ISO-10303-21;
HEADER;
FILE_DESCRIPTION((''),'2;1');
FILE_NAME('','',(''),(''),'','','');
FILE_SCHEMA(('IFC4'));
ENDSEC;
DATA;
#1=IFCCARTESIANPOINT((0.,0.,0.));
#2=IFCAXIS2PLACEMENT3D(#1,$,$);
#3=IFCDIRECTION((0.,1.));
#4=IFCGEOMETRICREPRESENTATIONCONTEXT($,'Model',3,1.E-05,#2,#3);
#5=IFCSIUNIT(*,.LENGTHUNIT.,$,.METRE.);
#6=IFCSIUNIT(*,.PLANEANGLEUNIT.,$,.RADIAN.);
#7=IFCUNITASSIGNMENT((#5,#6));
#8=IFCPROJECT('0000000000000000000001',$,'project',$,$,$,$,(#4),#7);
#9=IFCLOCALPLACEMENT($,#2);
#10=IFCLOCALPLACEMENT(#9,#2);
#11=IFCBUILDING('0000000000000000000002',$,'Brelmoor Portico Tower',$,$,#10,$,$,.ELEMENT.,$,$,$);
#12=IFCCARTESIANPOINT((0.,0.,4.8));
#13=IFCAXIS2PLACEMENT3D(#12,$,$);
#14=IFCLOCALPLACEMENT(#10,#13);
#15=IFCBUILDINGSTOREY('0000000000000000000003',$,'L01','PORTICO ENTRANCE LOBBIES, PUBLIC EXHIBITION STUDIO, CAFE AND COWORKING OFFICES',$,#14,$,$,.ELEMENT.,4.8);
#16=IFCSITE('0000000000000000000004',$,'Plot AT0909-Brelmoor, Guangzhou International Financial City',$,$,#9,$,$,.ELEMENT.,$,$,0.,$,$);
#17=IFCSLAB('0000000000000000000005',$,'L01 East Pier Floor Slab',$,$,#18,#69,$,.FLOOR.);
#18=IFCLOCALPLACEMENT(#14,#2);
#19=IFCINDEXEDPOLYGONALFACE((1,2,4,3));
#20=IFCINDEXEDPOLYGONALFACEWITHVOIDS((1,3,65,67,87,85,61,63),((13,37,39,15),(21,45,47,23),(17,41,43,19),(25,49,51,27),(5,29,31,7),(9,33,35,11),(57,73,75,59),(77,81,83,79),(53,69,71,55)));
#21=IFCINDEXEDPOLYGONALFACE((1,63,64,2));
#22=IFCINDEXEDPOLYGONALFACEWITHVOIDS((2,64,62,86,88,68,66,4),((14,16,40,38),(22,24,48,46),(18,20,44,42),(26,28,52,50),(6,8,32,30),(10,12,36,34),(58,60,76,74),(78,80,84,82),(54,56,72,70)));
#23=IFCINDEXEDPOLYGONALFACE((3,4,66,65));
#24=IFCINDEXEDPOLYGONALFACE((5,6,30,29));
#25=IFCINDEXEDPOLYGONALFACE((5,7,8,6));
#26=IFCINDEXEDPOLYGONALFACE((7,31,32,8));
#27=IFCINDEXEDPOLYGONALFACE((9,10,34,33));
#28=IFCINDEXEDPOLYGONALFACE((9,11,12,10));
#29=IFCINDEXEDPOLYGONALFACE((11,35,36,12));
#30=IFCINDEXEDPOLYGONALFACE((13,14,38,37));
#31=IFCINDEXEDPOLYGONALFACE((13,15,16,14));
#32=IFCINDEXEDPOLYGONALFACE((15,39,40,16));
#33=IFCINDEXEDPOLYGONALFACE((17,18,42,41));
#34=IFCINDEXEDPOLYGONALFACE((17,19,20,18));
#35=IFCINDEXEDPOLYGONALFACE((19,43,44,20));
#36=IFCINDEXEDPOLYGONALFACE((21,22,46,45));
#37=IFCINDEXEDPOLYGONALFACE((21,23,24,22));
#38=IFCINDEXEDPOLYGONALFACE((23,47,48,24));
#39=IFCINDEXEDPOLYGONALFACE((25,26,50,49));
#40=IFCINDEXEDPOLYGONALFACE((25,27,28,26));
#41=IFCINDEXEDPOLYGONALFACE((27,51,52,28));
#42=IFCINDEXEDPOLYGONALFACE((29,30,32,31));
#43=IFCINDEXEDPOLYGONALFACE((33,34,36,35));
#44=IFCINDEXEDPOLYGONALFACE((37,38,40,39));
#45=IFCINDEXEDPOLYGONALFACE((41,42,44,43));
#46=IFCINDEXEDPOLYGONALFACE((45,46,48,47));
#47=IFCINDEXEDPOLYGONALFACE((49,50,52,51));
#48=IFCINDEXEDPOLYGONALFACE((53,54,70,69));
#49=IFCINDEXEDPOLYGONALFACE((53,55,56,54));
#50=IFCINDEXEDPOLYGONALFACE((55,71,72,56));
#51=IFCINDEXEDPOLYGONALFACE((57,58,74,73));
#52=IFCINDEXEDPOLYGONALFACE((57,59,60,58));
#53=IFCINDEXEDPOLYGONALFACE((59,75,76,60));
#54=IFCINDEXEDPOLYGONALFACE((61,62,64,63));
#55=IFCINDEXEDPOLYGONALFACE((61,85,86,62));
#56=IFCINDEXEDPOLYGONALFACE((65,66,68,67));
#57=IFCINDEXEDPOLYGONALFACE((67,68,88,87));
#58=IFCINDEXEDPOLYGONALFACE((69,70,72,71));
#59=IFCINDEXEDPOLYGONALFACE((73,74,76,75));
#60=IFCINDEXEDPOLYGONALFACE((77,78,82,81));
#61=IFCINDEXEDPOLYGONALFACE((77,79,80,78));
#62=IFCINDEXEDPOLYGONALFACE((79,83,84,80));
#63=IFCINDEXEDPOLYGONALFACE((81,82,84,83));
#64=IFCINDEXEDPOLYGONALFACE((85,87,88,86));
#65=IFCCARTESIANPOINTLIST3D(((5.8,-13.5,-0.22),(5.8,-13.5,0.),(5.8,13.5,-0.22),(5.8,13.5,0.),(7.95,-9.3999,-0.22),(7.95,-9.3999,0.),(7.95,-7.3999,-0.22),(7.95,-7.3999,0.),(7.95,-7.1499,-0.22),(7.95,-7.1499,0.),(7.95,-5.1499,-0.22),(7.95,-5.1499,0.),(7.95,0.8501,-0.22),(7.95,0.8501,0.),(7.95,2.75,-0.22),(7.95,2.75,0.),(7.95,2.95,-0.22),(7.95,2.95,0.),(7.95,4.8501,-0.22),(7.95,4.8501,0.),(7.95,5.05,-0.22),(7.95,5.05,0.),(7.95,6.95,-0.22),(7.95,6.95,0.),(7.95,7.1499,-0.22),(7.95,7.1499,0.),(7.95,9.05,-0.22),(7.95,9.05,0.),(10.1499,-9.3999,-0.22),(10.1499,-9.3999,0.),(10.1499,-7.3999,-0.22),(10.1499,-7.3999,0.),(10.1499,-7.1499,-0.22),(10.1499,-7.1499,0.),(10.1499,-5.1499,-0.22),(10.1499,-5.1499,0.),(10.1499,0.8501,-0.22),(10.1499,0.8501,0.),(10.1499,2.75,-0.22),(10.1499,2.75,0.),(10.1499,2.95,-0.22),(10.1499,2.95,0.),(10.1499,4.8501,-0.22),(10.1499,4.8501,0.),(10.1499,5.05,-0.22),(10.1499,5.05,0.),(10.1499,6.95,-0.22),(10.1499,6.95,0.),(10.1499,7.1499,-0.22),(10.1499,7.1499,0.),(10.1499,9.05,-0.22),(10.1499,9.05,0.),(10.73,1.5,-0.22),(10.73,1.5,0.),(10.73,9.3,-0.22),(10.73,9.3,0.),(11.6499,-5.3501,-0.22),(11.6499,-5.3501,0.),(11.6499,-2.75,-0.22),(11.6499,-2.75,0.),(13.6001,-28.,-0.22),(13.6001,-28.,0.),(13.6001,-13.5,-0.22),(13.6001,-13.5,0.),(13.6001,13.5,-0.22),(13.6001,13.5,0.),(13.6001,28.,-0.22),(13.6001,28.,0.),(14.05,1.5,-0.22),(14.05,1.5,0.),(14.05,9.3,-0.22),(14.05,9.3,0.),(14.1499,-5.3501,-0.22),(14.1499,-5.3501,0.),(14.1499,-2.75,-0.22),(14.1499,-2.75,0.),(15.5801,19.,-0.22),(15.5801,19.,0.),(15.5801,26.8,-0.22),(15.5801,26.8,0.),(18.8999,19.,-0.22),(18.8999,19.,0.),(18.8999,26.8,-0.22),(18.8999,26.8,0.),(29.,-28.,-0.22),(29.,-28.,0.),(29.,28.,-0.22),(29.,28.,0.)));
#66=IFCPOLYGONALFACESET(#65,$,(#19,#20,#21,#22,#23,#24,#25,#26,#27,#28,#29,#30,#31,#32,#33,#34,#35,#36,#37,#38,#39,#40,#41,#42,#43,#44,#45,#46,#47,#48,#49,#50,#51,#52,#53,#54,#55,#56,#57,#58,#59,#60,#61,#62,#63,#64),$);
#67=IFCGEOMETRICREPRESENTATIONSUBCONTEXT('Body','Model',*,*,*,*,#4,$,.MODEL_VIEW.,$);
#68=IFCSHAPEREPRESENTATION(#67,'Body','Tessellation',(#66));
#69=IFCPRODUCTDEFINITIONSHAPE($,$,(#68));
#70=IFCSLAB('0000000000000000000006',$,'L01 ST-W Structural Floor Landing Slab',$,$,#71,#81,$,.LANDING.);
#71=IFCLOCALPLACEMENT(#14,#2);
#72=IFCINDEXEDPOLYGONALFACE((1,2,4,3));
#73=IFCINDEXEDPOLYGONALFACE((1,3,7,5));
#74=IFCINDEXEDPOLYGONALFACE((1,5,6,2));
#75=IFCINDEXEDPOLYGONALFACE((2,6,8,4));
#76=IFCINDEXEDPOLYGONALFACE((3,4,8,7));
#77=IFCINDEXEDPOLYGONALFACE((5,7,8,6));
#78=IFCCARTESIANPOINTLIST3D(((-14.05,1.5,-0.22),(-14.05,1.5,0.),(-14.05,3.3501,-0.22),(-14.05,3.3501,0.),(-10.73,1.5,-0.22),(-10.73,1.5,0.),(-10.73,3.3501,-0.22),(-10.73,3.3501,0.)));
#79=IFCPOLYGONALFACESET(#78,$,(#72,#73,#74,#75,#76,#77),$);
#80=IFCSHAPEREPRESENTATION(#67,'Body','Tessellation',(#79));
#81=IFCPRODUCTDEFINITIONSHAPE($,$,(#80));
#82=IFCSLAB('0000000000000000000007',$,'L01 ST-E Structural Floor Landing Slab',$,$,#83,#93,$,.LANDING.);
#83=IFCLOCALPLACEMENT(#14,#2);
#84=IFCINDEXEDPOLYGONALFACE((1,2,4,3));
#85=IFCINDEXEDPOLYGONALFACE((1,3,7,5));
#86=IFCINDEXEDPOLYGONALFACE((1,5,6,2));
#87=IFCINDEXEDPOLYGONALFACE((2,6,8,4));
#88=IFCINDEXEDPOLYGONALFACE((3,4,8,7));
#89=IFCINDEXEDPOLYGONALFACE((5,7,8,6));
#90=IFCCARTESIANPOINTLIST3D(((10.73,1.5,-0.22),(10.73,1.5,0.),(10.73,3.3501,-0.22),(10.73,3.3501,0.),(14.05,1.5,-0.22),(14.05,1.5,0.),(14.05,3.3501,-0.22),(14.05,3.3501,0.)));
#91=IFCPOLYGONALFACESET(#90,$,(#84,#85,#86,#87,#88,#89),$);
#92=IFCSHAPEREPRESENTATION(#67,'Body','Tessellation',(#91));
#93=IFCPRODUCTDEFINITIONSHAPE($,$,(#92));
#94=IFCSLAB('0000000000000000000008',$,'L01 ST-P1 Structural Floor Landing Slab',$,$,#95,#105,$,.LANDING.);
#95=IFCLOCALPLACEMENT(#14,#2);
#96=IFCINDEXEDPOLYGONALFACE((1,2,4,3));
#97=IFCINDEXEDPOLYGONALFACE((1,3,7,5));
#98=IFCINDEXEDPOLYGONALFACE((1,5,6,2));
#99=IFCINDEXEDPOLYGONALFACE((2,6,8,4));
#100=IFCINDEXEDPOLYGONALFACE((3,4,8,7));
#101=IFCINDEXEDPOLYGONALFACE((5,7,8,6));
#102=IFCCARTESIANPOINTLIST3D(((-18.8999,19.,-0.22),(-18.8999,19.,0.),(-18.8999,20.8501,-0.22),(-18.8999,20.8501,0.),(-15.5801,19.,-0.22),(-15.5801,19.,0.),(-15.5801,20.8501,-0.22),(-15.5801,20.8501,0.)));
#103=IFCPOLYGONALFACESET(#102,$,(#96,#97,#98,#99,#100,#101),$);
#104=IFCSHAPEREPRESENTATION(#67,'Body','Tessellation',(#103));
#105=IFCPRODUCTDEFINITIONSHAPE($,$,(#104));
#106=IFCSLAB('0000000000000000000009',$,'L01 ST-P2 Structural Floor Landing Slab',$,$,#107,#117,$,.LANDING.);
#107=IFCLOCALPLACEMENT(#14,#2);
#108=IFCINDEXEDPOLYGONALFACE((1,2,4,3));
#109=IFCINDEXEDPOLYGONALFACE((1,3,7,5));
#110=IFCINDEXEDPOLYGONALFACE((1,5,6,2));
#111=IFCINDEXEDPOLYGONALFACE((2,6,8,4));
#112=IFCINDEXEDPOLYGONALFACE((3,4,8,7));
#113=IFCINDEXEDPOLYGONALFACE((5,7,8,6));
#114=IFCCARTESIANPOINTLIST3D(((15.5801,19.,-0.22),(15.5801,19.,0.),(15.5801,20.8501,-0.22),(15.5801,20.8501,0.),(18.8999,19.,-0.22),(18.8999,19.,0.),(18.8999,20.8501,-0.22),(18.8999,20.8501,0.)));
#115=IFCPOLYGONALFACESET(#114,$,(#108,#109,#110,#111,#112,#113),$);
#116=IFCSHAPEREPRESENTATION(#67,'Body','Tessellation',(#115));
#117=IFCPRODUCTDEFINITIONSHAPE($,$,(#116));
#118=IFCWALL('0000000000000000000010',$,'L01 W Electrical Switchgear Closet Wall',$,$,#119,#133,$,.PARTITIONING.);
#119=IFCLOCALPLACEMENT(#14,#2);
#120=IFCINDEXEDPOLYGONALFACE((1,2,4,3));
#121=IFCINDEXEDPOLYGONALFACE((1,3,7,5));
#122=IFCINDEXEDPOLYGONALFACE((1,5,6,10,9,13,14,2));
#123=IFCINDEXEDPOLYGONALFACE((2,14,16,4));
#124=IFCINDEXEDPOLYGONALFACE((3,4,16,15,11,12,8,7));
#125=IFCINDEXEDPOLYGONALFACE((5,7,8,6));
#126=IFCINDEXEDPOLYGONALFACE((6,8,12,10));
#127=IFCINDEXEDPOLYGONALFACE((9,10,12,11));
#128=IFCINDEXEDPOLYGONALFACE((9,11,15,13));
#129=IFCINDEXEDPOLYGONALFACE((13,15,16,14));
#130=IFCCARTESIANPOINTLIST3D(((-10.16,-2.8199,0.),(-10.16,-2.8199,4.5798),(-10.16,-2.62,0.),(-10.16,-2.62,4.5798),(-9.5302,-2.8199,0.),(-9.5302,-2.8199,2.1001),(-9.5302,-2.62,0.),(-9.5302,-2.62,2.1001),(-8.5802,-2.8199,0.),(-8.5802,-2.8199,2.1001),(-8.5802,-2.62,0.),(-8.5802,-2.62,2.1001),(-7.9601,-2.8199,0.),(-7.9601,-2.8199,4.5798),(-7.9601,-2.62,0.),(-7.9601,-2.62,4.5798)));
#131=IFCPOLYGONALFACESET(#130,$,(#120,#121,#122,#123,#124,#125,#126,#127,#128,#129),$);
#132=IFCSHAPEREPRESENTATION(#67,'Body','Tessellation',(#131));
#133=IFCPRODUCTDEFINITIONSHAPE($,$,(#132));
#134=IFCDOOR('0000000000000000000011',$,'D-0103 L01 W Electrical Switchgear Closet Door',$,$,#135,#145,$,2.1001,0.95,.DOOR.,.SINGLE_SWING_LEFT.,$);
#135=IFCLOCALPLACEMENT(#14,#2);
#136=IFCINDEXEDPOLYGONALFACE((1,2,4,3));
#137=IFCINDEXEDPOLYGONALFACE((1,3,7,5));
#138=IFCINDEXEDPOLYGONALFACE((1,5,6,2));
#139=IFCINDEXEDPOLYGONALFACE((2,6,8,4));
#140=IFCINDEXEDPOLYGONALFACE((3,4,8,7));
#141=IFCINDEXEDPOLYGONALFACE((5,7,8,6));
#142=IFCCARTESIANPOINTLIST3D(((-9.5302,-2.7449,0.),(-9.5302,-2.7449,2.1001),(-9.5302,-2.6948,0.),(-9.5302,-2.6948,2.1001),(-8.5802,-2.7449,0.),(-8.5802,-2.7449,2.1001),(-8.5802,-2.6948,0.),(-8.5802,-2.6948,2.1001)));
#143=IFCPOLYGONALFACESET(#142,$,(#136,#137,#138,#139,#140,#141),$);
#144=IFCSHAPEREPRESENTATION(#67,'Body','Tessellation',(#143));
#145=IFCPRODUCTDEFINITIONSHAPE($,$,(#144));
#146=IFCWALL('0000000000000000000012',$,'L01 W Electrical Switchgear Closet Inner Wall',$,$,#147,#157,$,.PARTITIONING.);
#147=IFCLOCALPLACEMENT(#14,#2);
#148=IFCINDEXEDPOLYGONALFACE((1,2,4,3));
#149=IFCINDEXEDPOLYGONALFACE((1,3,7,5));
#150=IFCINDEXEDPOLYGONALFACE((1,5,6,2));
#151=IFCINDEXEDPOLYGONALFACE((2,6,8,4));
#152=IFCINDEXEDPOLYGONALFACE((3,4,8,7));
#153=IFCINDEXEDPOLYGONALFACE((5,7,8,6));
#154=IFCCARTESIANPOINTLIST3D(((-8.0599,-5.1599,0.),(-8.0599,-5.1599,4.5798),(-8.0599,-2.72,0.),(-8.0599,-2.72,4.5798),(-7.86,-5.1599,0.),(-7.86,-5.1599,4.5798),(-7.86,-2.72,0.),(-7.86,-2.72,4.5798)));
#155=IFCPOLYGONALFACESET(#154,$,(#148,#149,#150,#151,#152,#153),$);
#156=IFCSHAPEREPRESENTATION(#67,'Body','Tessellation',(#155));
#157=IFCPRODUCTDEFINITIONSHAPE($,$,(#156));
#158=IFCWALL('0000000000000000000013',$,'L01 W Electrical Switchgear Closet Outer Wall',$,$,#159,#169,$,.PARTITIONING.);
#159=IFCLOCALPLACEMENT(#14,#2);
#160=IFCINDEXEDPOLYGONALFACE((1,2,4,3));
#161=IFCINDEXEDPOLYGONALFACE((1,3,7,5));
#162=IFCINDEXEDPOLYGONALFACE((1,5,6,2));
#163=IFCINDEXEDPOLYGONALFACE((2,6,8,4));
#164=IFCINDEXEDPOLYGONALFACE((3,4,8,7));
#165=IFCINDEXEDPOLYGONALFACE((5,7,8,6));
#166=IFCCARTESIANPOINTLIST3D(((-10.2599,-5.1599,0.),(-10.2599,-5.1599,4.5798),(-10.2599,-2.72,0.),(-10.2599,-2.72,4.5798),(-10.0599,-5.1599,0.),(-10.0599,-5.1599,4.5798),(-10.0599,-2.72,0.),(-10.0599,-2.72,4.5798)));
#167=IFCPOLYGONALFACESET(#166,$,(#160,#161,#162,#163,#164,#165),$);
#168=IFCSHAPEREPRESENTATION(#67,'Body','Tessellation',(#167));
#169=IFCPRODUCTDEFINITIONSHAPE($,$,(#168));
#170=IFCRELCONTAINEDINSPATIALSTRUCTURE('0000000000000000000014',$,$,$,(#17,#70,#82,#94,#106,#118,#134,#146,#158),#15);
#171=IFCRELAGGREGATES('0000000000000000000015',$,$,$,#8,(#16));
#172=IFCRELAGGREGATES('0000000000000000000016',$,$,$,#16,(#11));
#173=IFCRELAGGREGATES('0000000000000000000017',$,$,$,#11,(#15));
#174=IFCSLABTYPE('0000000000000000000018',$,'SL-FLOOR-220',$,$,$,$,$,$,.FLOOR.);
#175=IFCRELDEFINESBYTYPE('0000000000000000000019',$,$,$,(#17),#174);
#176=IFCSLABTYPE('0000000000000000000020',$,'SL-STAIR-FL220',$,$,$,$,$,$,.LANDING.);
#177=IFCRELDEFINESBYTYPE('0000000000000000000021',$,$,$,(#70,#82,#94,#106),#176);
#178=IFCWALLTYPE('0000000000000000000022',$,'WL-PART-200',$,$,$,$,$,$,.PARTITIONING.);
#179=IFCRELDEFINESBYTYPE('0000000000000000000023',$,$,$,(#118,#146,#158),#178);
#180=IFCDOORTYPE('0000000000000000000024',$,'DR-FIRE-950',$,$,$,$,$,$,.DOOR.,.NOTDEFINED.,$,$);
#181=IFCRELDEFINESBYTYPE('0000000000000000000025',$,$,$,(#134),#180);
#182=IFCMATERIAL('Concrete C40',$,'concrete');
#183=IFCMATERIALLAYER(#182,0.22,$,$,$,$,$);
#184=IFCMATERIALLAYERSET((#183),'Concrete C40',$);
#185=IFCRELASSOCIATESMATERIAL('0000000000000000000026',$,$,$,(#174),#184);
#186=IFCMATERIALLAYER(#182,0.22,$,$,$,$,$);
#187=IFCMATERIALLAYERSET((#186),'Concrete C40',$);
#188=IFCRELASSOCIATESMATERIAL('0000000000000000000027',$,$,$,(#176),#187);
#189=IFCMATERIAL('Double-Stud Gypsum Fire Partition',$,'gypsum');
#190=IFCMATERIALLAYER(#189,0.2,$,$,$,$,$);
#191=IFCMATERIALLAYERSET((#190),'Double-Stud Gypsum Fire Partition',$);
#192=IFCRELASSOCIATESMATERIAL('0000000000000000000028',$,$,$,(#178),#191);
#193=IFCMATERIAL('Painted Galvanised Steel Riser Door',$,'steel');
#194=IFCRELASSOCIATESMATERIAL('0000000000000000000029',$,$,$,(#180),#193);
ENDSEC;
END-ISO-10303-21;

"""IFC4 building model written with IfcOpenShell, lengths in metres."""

from ifc_helpers import new_model, si_unit, direction, frame, frame_2d, origin, place, context, subcontext, project, spatial, polyline, rectangle, outline, extrude, material, layer, layer_set, type_object, element, fill, save


model = new_model("IFC4")

# Units and contexts
model_context = context("Model", 3, precision=1e-05, world=origin(), true_north=direction((0.0, 1.0)))
body_context = subcontext(model_context, "Body", "Model", "MODEL_VIEW")
ifc_project = project(units=[si_unit("LENGTHUNIT", "METRE"), si_unit("PLANEANGLEUNIT", "RADIAN")], contexts=[model_context])

# Site, building, storey
site_placement = place(None, origin())
site = spatial("IfcSite", under=ifc_project, at=site_placement, Name="Plot AT0909-Brelmoor, Guangzhou International Financial City", CompositionType="ELEMENT", RefElevation=0.0)
building_placement = place(site_placement, origin())
building = spatial("IfcBuilding", under=site, at=building_placement, Name="Brelmoor Portico Tower", CompositionType="ELEMENT")
storey_placement = place(building_placement, frame((0.0, 0.0, 4.8)))
storey = spatial("IfcBuildingStorey", under=building, at=storey_placement, Name="L01", Description="PORTICO ENTRANCE LOBBIES, PUBLIC EXHIBITION STUDIO, CAFE AND COWORKING OFFICES", CompositionType="ELEMENT", Elevation=4.8)

# Slabs
ifc_material_1 = material(Name="Concrete C40", Category="concrete")
ifc_layer_1 = layer(ifc_material_1, 0.22)
ifc_layer_set_1 = layer_set([ifc_layer_1], Name="Concrete C40")
slab_type_1 = type_object("IfcSlabType", Name="SL-FLOOR-220", PredefinedType="FLOOR", material=ifc_layer_set_1)
slab_1_placement = place(storey_placement, frame((0.0, 0.0, -0.22)))
element("IfcSlab", 1, at=slab_1_placement, inside=storey, type_object=slab_type_1, Name="L01 East Pier Floor Slab", PredefinedType="FLOOR", context=body_context, shape_type="SweptSolid", body=[
    extrude(outline(polyline([(13.6001, -28.0), (29.0, -28.0), (29.0, 28.0), (13.6001, 28.0), (13.6001, 13.5), (5.8, 13.5), (5.8, -13.5), (13.6001, -13.5), (13.6001, -28.0)]), holes=[polyline([(14.05, 1.5), (14.05, 9.3), (10.73, 9.3), (10.73, 1.5), (14.05, 1.5)]), polyline([(18.8999, 19.0), (18.8999, 26.8), (15.5801, 26.8), (15.5801, 19.0), (18.8999, 19.0)]), polyline([(7.95, 0.8501), (10.1499, 0.8501), (10.1499, 2.75), (7.95, 2.75), (7.95, 0.8501)]), polyline([(7.95, 2.95), (10.1499, 2.95), (10.1499, 4.8501), (7.95, 4.8501), (7.95, 2.95)]), polyline([(7.95, 5.05), (10.1499, 5.05), (10.1499, 6.95), (7.95, 6.95), (7.95, 5.05)]), polyline([(7.95, 7.1499), (10.1499, 7.1499), (10.1499, 9.05), (7.95, 9.05), (7.95, 7.1499)]), polyline([(7.95, -9.3999), (10.1499, -9.3999), (10.1499, -7.3999), (7.95, -7.3999), (7.95, -9.3999)]), polyline([(7.95, -7.1499), (10.1499, -7.1499), (10.1499, -5.1499), (7.95, -5.1499), (7.95, -7.1499)]), polyline([(11.6499, -5.3501), (14.1499, -5.3501), (14.1499, -2.75), (11.6499, -2.75), (11.6499, -5.3501)])]), origin(), (0.0, 0.0, 1.0), 0.22),
])
ifc_layer_2 = layer(ifc_material_1, 0.22)
ifc_layer_set_2 = layer_set([ifc_layer_2], Name="Concrete C40")
slab_type_2 = type_object("IfcSlabType", Name="SL-STAIR-FL220", PredefinedType="LANDING", material=ifc_layer_set_2)
slab_2_placement = place(storey_placement, frame((0.0, 0.0, -0.22)))
element("IfcSlab", 2, at=slab_2_placement, inside=storey, type_object=slab_type_2, Name="L01 ST-W Structural Floor Landing Slab", PredefinedType="LANDING", context=body_context, shape_type="SweptSolid", body=[
    extrude(outline(polyline([(-10.73, 1.5), (-10.73, 3.3501), (-14.05, 3.3501), (-14.05, 1.5), (-10.73, 1.5)])), origin(), (0.0, 0.0, 1.0), 0.22),
])
slab_3_placement = place(storey_placement, frame((0.0, 0.0, -0.22)))
element("IfcSlab", 3, at=slab_3_placement, inside=storey, type_object=slab_type_2, Name="L01 ST-E Structural Floor Landing Slab", PredefinedType="LANDING", context=body_context, shape_type="SweptSolid", body=[
    extrude(outline(polyline([(14.05, 1.5), (14.05, 3.3501), (10.73, 3.3501), (10.73, 1.5), (14.05, 1.5)])), origin(), (0.0, 0.0, 1.0), 0.22),
])
slab_4_placement = place(storey_placement, frame((0.0, 0.0, -0.22)))
element("IfcSlab", 4, at=slab_4_placement, inside=storey, type_object=slab_type_2, Name="L01 ST-P1 Structural Floor Landing Slab", PredefinedType="LANDING", context=body_context, shape_type="SweptSolid", body=[
    extrude(outline(polyline([(-15.5801, 19.0), (-15.5801, 20.8501), (-18.8999, 20.8501), (-18.8999, 19.0), (-15.5801, 19.0)])), origin(), (0.0, 0.0, 1.0), 0.22),
])
slab_5_placement = place(storey_placement, frame((0.0, 0.0, -0.22)))
element("IfcSlab", 5, at=slab_5_placement, inside=storey, type_object=slab_type_2, Name="L01 ST-P2 Structural Floor Landing Slab", PredefinedType="LANDING", context=body_context, shape_type="SweptSolid", body=[
    extrude(outline(polyline([(18.8999, 19.0), (18.8999, 20.8501), (15.5801, 20.8501), (15.5801, 19.0), (18.8999, 19.0)])), origin(), (0.0, 0.0, 1.0), 0.22),
])

# Wall, opening, door
ifc_material_2 = material(Name="Double-Stud Gypsum Fire Partition", Category="gypsum")
ifc_layer_3 = layer(ifc_material_2, 0.2)
ifc_layer_set_3 = layer_set([ifc_layer_3], Name="Double-Stud Gypsum Fire Partition")
wall_type_1 = type_object("IfcWallType", Name="WL-PART-200", PredefinedType="PARTITIONING", material=ifc_layer_set_3)
wall_1_placement = place(storey_placement, frame((-7.96, -2.72, 0.0), z_axis=(0.0, 0.0, 1.0), x_axis=(-1.0, 0.0, 0.0)))
wall_1 = element("IfcWall", 6, at=wall_1_placement, inside=storey, type_object=wall_type_1, Name="L01 W Electrical Switchgear Closet Wall", PredefinedType="PARTITIONING", context=body_context, shape_type="SweptSolid", body=[
    extrude(rectangle(XDim=2.2, YDim=0.2, at=frame_2d((1.1001, 0.0))), origin(), (0.0, 0.0, 1.0), 4.5798),
])
opening_1_placement = place(wall_1_placement, frame((0.6201, 0.0, 0.0)))
opening_1 = element("IfcOpeningElement", 7, at=opening_1_placement, cuts=wall_1, PredefinedType="OPENING", context=body_context, shape_type="SweptSolid", body=[
    extrude(rectangle(XDim=0.95, YDim=2.1001, at=frame_2d((0.4751, 1.05))), frame((0.0, 0.1099, 0.0), z_axis=(0.0, -1.0, 0.0), x_axis=(1.0, 0.0, 0.0)), (0.0, 0.0, 1.0), 0.22),
])
ifc_material_3 = material(Name="Painted Galvanised Steel Riser Door", Category="steel")
door_type_1 = type_object("IfcDoorType", Name="DR-FIRE-950", OperationType="NOTDEFINED", PredefinedType="DOOR", material=ifc_material_3)
door_1_placement = place(opening_1_placement, origin())
door_1 = element("IfcDoor", 8, at=door_1_placement, inside=storey, type_object=door_type_1, Name="D-0103 L01 W Electrical Switchgear Closet Door", OperationType="SINGLE_SWING_LEFT", OverallHeight=2.1001, OverallWidth=0.95, PredefinedType="DOOR", context=body_context, shape_type="SweptSolid", body=[
    extrude(rectangle(XDim=0.95, YDim=2.1001, at=frame_2d((0.4751, 1.05))), frame((0.0, 0.0249, 0.0), z_axis=(0.0, -1.0, 0.0), x_axis=(1.0, 0.0, 0.0)), (0.0, 0.0, 1.0), 0.05),
])
fill(opening_1, door_1)

# Walls
for number, where, z_axis, x_axis, name in (
    (9, (-7.96, -5.1599, 0.0), (0.0, 0.0, 1.0), (0.0, 1.0, 0.0), "L01 W Electrical Switchgear Closet Inner Wall"),
    (10, (-10.1599, -5.1599, 0.0), (0.0, 0.0, 1.0), (0.0, 1.0, 0.0), "L01 W Electrical Switchgear Closet Outer Wall"),
):
    element("IfcWall", number, at=place(storey_placement, frame(where, z_axis=z_axis, x_axis=x_axis)), inside=storey, type_object=wall_type_1, Name=name, PredefinedType="PARTITIONING", context=body_context, shape_type="SweptSolid", body=[
        extrude(rectangle(XDim=2.4399, YDim=0.2, at=frame_2d((1.22, 0.0))), origin(), (0.0, 0.0, 1.0), 4.5798),
    ])

save(model, "model.ifc")
